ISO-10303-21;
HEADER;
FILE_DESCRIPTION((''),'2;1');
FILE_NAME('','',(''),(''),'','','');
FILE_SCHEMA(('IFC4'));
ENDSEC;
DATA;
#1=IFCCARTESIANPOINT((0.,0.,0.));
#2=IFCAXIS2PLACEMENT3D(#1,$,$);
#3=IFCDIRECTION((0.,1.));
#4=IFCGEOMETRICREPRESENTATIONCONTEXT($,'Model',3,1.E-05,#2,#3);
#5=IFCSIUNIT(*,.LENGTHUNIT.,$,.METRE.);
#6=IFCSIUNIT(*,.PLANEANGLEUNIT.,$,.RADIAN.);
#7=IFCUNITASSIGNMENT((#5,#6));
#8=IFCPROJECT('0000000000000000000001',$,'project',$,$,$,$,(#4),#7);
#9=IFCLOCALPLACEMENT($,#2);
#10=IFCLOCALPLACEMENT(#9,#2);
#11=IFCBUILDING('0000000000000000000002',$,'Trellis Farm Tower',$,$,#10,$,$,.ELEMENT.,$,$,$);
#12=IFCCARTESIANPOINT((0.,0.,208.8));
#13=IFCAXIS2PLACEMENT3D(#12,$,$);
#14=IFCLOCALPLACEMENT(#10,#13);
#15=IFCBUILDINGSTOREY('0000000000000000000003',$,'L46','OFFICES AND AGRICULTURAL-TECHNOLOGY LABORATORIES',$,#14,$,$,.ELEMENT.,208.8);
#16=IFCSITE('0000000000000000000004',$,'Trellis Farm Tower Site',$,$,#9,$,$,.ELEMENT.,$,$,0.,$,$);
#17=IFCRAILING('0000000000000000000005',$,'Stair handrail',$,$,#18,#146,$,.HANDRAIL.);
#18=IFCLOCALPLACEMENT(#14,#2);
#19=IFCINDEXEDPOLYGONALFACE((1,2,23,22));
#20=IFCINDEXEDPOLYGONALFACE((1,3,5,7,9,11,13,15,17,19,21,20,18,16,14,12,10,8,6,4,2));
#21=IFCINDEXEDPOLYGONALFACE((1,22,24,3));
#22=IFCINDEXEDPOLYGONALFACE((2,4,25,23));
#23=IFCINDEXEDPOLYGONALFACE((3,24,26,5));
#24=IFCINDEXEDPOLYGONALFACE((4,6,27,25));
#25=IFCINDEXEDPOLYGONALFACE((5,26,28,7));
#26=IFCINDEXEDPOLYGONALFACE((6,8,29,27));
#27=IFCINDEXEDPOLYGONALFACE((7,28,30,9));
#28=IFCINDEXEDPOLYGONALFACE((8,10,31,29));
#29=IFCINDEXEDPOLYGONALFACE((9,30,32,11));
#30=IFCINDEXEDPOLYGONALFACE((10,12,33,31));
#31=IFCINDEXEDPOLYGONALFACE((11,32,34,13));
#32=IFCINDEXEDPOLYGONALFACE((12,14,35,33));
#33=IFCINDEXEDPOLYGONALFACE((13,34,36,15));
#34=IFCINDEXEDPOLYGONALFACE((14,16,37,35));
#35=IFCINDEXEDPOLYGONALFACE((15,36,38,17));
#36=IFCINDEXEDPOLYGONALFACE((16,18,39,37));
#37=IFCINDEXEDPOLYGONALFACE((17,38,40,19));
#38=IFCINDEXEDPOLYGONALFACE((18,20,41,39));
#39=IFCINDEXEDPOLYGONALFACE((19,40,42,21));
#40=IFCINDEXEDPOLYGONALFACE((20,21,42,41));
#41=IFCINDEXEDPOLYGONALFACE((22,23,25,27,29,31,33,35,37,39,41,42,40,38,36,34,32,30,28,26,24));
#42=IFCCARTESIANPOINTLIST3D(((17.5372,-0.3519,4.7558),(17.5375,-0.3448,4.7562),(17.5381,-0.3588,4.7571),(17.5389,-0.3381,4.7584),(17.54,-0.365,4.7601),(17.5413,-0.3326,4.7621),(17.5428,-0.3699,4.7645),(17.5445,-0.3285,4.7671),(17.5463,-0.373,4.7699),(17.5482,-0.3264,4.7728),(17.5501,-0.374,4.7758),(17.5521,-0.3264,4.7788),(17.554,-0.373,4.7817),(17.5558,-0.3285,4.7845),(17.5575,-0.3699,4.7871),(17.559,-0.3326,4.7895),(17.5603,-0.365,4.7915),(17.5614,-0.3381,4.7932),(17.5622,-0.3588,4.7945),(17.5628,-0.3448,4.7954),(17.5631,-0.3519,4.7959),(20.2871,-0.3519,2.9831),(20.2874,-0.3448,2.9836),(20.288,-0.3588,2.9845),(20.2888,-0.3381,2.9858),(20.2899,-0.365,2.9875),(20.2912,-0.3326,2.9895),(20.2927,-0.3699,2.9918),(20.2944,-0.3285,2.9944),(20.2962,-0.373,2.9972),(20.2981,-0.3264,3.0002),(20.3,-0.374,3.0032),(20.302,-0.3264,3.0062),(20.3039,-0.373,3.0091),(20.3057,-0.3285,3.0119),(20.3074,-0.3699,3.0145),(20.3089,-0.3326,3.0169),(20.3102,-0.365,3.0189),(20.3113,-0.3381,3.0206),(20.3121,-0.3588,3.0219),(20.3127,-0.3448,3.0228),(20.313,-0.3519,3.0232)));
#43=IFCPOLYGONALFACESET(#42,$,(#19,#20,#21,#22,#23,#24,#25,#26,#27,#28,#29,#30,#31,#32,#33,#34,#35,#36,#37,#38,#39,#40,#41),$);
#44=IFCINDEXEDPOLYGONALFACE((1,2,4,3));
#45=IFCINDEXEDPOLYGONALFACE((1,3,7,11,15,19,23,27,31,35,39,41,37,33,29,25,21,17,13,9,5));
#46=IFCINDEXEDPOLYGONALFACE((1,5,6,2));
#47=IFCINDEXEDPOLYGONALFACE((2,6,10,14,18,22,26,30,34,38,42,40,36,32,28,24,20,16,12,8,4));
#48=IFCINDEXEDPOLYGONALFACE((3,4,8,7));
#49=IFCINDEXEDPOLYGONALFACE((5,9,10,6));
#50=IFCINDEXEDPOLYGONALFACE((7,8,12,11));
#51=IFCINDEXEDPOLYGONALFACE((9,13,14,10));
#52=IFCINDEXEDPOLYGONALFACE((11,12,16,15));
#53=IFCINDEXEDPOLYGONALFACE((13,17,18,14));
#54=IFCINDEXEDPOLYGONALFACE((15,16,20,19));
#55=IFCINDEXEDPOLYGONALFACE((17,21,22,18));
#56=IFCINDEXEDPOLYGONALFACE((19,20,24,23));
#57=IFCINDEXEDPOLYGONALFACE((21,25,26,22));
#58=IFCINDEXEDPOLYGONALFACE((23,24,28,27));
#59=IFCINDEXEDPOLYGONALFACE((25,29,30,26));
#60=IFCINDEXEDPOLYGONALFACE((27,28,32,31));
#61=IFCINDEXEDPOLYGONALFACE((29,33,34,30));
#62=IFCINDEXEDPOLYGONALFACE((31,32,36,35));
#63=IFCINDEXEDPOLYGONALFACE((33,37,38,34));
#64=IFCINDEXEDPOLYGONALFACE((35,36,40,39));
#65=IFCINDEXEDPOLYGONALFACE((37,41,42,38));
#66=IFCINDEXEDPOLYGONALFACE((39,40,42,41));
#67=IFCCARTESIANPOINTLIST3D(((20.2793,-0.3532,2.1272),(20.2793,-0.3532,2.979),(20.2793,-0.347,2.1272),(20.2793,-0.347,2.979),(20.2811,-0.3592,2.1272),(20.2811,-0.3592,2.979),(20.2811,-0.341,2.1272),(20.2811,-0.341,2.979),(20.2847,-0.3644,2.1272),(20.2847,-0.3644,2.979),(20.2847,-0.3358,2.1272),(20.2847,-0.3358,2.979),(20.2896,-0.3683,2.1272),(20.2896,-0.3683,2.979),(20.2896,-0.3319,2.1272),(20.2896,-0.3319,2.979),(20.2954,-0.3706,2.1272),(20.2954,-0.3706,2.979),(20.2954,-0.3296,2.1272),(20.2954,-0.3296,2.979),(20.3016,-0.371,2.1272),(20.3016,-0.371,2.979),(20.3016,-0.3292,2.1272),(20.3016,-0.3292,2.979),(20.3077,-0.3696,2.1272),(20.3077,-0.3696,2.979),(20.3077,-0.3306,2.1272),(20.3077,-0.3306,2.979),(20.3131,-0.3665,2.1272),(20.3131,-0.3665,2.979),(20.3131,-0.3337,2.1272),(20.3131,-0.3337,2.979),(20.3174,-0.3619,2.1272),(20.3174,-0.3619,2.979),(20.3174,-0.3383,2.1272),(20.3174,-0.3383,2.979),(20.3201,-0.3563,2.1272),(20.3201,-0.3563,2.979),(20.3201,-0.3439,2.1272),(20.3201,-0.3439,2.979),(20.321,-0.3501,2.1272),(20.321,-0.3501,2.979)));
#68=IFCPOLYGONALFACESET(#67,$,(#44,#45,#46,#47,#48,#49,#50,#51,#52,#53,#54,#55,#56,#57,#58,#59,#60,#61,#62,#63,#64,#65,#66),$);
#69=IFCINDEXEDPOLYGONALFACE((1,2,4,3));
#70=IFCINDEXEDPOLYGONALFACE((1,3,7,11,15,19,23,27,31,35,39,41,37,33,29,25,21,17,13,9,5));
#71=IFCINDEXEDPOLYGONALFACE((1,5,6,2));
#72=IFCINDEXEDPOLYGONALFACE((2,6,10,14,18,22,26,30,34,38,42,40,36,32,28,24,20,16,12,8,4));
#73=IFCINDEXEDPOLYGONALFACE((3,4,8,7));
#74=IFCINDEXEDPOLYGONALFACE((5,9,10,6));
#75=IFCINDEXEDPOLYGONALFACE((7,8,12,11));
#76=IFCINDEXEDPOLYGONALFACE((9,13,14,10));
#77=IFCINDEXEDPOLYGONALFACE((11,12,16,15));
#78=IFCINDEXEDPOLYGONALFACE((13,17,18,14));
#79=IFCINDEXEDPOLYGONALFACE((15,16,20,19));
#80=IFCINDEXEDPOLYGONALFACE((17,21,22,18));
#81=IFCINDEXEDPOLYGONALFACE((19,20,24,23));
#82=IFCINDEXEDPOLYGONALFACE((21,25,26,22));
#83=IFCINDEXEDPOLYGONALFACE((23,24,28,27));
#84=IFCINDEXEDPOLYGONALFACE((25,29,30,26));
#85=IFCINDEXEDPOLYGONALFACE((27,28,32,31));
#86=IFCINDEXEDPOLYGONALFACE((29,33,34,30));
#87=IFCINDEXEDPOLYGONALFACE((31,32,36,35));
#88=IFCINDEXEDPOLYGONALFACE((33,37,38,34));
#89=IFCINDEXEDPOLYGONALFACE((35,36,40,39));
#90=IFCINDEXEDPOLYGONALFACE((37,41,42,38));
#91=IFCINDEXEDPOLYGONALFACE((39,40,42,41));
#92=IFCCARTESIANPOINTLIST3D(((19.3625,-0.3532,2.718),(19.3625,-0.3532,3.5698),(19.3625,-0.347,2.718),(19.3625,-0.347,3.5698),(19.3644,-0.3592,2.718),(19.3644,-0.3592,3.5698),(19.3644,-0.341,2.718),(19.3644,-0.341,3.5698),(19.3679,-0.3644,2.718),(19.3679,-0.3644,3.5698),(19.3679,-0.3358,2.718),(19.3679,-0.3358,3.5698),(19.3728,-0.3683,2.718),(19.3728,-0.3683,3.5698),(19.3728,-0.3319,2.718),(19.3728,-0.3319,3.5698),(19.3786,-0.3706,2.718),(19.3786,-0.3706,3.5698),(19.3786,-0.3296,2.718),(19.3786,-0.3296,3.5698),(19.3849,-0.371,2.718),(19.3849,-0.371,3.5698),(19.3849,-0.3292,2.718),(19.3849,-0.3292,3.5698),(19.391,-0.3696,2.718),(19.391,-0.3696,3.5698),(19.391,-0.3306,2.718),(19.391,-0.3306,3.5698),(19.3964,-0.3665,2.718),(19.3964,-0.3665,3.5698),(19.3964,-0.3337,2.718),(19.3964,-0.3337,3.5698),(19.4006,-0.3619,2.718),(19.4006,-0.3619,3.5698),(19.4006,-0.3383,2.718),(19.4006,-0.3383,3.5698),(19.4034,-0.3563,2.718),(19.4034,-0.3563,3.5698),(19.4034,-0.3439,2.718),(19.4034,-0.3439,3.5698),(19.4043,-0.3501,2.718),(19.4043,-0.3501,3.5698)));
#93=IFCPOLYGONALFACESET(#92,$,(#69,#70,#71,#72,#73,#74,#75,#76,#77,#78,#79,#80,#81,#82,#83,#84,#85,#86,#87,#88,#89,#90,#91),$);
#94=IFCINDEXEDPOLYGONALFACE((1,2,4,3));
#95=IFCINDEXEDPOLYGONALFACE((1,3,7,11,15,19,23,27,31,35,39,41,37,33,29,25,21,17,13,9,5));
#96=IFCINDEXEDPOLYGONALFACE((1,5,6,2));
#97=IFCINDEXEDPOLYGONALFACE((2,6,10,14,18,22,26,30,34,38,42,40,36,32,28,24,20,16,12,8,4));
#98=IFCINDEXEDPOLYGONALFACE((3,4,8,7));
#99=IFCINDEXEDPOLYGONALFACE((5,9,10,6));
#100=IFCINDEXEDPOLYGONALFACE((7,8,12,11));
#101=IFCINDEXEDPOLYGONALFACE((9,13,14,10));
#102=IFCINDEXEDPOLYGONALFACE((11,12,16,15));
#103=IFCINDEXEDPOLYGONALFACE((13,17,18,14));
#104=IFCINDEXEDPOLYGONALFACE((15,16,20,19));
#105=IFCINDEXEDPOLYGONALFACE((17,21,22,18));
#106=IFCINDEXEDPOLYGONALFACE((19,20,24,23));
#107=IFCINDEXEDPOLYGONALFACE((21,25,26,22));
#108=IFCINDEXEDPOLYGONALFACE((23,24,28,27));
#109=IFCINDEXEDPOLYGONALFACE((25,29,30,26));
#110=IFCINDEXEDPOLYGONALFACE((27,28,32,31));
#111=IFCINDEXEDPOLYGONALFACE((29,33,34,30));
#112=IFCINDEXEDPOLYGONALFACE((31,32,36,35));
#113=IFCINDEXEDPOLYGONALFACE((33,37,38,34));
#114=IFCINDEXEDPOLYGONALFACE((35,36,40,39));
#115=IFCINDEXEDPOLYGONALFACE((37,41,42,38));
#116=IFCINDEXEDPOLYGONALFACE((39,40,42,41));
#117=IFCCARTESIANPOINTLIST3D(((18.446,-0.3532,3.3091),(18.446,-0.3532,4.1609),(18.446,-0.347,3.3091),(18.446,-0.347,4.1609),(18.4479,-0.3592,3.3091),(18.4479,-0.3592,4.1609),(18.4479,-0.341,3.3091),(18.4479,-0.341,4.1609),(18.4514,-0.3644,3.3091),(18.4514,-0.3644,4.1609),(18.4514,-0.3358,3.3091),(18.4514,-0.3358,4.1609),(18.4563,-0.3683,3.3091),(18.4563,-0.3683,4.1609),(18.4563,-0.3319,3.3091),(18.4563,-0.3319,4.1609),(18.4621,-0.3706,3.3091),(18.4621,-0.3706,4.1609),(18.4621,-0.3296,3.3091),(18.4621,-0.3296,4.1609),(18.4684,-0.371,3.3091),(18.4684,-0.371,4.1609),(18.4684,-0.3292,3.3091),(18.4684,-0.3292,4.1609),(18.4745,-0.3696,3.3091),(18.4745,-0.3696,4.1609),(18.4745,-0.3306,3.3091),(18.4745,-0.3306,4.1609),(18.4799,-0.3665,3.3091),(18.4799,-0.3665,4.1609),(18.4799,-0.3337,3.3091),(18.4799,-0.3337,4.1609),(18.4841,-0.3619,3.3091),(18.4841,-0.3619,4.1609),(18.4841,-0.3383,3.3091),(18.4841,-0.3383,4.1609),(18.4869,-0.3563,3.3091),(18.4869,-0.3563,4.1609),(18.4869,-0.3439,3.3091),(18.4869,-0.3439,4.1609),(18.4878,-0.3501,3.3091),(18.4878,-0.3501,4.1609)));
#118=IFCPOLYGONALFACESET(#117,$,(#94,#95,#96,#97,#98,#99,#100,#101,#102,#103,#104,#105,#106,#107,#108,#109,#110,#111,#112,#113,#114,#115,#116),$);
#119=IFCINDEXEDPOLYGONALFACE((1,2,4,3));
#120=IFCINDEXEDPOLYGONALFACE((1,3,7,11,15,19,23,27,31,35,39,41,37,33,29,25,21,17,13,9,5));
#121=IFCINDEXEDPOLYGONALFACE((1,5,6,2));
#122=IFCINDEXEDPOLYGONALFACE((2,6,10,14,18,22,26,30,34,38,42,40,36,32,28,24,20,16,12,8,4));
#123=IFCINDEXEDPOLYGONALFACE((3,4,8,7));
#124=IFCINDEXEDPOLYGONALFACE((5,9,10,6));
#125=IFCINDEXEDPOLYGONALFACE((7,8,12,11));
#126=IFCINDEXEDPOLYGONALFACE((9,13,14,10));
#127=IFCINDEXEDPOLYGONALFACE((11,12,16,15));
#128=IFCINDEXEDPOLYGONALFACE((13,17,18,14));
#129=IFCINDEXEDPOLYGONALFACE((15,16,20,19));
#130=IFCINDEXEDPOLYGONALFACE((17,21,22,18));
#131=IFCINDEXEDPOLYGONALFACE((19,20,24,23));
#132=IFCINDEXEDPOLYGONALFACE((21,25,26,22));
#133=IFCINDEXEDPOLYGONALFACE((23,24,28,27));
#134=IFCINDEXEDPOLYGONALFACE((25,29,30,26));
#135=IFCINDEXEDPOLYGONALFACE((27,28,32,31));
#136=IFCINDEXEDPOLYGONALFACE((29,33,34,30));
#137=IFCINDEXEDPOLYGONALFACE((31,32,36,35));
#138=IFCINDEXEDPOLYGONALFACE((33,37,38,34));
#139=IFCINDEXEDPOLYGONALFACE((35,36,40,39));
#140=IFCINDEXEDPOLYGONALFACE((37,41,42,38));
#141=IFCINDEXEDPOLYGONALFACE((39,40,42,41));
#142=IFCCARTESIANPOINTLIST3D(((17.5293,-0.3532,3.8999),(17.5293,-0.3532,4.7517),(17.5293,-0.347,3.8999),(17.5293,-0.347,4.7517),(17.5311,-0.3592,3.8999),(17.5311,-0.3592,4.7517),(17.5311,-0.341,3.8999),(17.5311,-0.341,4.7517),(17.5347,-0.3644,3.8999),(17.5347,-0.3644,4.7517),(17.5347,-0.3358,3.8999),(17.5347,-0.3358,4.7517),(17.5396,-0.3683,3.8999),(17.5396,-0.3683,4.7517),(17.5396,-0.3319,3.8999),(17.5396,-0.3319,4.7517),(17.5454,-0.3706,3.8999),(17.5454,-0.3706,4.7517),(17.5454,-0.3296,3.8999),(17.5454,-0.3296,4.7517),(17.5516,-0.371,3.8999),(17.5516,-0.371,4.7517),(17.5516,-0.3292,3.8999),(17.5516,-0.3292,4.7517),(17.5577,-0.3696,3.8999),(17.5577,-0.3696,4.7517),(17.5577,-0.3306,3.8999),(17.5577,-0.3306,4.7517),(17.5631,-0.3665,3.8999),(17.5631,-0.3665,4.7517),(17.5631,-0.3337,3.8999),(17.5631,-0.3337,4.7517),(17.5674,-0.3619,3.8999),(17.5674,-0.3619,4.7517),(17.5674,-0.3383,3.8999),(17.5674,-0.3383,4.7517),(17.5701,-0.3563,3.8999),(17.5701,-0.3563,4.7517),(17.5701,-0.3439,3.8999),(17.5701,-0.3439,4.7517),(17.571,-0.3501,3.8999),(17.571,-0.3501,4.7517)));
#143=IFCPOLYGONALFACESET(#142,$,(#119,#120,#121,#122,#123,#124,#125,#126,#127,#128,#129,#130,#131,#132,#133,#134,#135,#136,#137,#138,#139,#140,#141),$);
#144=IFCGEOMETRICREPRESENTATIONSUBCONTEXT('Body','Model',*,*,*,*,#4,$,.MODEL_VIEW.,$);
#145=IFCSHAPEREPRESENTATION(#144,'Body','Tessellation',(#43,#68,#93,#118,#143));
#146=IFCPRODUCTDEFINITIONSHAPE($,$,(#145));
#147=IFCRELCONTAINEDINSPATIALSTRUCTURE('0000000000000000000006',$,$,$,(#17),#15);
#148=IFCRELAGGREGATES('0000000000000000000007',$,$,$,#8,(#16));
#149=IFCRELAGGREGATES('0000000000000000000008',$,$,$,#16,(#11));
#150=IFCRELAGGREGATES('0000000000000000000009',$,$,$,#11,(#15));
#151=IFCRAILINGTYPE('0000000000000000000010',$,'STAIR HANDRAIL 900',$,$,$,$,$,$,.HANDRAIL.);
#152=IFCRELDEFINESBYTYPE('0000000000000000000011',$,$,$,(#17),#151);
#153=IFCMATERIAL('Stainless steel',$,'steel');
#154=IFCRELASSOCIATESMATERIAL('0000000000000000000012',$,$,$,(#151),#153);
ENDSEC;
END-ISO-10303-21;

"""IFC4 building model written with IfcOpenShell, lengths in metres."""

from ifc_helpers import new_model, si_unit, direction, frame, origin, origin_2d, place, context, subcontext, project, spatial, circle, extrude, source, transform, mapped, material, type_object, element, save


model = new_model("IFC4")

# Units and contexts
model_context = context("Model", 3, precision=1e-05, world=origin(), true_north=direction((0.0, 1.0)))
body_context = subcontext(model_context, "Body", "Model", "MODEL_VIEW")
ifc_project = project(units=[si_unit("LENGTHUNIT", "METRE"), si_unit("PLANEANGLEUNIT", "RADIAN")], contexts=[model_context])

# Site, building, storey
site_placement = place(None, origin())
site = spatial("IfcSite", under=ifc_project, at=site_placement, Name="Trellis Farm Tower Site", CompositionType="ELEMENT", RefElevation=0.0)
building_placement = place(site_placement, origin())
building = spatial("IfcBuilding", under=site, at=building_placement, Name="Trellis Farm Tower", CompositionType="ELEMENT")
storey_placement = place(building_placement, frame((0.0, 0.0, 208.8)))
storey = spatial("IfcBuildingStorey", under=building, at=storey_placement, Name="L46", Description="OFFICES AND AGRICULTURAL-TECHNOLOGY LABORATORIES", CompositionType="ELEMENT", Elevation=208.8)

# Railing
ifc_material_1 = material(Name="Stainless steel", Category="steel")
railing_type = type_object("IfcRailingType", Name="STAIR HANDRAIL 900", PredefinedType="HANDRAIL", material=ifc_material_1)
shared_shape_1 = source(origin(), body_context, "Body", "SweptSolid", [
    extrude(circle(Radius=0.0239, at=origin_2d()), frame((0.0, 0.0, 0.876), z_axis=(-0.840504, 0.0, 0.541806), x_axis=(0.0, -1.0, 0.0)), (0.0, 0.0, 1.0), 3.2717),
    extrude(circle(Radius=0.021, at=origin_2d()), origin(), (0.0, 0.0, 1.0), 0.8518),
    extrude(circle(Radius=0.021, at=origin_2d()), frame((-0.9167, 0.0, 0.5908)), (0.0, 0.0, 1.0), 0.8518),
    extrude(circle(Radius=0.021, at=origin_2d()), frame((-1.8333, 0.0, 1.1819)), (0.0, 0.0, 1.0), 0.8518),
    extrude(circle(Radius=0.021, at=origin_2d()), frame((-2.75, 0.0, 1.7727)), (0.0, 0.0, 1.0), 0.8518),
])
for number, where, name in (
    (1, (20.3, -0.3501, 2.1272), "Stair handrail"),
):
    element("IfcRailing", number, at=place(storey_placement, frame(where)), inside=storey, type_object=railing_type, Name=name, PredefinedType="HANDRAIL", context=body_context, shape_type="MappedRepresentation", body=[
        mapped(shared_shape_1, transform((0.0, 0.0, 0.0))),
    ])

save(model, "model.ifc")
